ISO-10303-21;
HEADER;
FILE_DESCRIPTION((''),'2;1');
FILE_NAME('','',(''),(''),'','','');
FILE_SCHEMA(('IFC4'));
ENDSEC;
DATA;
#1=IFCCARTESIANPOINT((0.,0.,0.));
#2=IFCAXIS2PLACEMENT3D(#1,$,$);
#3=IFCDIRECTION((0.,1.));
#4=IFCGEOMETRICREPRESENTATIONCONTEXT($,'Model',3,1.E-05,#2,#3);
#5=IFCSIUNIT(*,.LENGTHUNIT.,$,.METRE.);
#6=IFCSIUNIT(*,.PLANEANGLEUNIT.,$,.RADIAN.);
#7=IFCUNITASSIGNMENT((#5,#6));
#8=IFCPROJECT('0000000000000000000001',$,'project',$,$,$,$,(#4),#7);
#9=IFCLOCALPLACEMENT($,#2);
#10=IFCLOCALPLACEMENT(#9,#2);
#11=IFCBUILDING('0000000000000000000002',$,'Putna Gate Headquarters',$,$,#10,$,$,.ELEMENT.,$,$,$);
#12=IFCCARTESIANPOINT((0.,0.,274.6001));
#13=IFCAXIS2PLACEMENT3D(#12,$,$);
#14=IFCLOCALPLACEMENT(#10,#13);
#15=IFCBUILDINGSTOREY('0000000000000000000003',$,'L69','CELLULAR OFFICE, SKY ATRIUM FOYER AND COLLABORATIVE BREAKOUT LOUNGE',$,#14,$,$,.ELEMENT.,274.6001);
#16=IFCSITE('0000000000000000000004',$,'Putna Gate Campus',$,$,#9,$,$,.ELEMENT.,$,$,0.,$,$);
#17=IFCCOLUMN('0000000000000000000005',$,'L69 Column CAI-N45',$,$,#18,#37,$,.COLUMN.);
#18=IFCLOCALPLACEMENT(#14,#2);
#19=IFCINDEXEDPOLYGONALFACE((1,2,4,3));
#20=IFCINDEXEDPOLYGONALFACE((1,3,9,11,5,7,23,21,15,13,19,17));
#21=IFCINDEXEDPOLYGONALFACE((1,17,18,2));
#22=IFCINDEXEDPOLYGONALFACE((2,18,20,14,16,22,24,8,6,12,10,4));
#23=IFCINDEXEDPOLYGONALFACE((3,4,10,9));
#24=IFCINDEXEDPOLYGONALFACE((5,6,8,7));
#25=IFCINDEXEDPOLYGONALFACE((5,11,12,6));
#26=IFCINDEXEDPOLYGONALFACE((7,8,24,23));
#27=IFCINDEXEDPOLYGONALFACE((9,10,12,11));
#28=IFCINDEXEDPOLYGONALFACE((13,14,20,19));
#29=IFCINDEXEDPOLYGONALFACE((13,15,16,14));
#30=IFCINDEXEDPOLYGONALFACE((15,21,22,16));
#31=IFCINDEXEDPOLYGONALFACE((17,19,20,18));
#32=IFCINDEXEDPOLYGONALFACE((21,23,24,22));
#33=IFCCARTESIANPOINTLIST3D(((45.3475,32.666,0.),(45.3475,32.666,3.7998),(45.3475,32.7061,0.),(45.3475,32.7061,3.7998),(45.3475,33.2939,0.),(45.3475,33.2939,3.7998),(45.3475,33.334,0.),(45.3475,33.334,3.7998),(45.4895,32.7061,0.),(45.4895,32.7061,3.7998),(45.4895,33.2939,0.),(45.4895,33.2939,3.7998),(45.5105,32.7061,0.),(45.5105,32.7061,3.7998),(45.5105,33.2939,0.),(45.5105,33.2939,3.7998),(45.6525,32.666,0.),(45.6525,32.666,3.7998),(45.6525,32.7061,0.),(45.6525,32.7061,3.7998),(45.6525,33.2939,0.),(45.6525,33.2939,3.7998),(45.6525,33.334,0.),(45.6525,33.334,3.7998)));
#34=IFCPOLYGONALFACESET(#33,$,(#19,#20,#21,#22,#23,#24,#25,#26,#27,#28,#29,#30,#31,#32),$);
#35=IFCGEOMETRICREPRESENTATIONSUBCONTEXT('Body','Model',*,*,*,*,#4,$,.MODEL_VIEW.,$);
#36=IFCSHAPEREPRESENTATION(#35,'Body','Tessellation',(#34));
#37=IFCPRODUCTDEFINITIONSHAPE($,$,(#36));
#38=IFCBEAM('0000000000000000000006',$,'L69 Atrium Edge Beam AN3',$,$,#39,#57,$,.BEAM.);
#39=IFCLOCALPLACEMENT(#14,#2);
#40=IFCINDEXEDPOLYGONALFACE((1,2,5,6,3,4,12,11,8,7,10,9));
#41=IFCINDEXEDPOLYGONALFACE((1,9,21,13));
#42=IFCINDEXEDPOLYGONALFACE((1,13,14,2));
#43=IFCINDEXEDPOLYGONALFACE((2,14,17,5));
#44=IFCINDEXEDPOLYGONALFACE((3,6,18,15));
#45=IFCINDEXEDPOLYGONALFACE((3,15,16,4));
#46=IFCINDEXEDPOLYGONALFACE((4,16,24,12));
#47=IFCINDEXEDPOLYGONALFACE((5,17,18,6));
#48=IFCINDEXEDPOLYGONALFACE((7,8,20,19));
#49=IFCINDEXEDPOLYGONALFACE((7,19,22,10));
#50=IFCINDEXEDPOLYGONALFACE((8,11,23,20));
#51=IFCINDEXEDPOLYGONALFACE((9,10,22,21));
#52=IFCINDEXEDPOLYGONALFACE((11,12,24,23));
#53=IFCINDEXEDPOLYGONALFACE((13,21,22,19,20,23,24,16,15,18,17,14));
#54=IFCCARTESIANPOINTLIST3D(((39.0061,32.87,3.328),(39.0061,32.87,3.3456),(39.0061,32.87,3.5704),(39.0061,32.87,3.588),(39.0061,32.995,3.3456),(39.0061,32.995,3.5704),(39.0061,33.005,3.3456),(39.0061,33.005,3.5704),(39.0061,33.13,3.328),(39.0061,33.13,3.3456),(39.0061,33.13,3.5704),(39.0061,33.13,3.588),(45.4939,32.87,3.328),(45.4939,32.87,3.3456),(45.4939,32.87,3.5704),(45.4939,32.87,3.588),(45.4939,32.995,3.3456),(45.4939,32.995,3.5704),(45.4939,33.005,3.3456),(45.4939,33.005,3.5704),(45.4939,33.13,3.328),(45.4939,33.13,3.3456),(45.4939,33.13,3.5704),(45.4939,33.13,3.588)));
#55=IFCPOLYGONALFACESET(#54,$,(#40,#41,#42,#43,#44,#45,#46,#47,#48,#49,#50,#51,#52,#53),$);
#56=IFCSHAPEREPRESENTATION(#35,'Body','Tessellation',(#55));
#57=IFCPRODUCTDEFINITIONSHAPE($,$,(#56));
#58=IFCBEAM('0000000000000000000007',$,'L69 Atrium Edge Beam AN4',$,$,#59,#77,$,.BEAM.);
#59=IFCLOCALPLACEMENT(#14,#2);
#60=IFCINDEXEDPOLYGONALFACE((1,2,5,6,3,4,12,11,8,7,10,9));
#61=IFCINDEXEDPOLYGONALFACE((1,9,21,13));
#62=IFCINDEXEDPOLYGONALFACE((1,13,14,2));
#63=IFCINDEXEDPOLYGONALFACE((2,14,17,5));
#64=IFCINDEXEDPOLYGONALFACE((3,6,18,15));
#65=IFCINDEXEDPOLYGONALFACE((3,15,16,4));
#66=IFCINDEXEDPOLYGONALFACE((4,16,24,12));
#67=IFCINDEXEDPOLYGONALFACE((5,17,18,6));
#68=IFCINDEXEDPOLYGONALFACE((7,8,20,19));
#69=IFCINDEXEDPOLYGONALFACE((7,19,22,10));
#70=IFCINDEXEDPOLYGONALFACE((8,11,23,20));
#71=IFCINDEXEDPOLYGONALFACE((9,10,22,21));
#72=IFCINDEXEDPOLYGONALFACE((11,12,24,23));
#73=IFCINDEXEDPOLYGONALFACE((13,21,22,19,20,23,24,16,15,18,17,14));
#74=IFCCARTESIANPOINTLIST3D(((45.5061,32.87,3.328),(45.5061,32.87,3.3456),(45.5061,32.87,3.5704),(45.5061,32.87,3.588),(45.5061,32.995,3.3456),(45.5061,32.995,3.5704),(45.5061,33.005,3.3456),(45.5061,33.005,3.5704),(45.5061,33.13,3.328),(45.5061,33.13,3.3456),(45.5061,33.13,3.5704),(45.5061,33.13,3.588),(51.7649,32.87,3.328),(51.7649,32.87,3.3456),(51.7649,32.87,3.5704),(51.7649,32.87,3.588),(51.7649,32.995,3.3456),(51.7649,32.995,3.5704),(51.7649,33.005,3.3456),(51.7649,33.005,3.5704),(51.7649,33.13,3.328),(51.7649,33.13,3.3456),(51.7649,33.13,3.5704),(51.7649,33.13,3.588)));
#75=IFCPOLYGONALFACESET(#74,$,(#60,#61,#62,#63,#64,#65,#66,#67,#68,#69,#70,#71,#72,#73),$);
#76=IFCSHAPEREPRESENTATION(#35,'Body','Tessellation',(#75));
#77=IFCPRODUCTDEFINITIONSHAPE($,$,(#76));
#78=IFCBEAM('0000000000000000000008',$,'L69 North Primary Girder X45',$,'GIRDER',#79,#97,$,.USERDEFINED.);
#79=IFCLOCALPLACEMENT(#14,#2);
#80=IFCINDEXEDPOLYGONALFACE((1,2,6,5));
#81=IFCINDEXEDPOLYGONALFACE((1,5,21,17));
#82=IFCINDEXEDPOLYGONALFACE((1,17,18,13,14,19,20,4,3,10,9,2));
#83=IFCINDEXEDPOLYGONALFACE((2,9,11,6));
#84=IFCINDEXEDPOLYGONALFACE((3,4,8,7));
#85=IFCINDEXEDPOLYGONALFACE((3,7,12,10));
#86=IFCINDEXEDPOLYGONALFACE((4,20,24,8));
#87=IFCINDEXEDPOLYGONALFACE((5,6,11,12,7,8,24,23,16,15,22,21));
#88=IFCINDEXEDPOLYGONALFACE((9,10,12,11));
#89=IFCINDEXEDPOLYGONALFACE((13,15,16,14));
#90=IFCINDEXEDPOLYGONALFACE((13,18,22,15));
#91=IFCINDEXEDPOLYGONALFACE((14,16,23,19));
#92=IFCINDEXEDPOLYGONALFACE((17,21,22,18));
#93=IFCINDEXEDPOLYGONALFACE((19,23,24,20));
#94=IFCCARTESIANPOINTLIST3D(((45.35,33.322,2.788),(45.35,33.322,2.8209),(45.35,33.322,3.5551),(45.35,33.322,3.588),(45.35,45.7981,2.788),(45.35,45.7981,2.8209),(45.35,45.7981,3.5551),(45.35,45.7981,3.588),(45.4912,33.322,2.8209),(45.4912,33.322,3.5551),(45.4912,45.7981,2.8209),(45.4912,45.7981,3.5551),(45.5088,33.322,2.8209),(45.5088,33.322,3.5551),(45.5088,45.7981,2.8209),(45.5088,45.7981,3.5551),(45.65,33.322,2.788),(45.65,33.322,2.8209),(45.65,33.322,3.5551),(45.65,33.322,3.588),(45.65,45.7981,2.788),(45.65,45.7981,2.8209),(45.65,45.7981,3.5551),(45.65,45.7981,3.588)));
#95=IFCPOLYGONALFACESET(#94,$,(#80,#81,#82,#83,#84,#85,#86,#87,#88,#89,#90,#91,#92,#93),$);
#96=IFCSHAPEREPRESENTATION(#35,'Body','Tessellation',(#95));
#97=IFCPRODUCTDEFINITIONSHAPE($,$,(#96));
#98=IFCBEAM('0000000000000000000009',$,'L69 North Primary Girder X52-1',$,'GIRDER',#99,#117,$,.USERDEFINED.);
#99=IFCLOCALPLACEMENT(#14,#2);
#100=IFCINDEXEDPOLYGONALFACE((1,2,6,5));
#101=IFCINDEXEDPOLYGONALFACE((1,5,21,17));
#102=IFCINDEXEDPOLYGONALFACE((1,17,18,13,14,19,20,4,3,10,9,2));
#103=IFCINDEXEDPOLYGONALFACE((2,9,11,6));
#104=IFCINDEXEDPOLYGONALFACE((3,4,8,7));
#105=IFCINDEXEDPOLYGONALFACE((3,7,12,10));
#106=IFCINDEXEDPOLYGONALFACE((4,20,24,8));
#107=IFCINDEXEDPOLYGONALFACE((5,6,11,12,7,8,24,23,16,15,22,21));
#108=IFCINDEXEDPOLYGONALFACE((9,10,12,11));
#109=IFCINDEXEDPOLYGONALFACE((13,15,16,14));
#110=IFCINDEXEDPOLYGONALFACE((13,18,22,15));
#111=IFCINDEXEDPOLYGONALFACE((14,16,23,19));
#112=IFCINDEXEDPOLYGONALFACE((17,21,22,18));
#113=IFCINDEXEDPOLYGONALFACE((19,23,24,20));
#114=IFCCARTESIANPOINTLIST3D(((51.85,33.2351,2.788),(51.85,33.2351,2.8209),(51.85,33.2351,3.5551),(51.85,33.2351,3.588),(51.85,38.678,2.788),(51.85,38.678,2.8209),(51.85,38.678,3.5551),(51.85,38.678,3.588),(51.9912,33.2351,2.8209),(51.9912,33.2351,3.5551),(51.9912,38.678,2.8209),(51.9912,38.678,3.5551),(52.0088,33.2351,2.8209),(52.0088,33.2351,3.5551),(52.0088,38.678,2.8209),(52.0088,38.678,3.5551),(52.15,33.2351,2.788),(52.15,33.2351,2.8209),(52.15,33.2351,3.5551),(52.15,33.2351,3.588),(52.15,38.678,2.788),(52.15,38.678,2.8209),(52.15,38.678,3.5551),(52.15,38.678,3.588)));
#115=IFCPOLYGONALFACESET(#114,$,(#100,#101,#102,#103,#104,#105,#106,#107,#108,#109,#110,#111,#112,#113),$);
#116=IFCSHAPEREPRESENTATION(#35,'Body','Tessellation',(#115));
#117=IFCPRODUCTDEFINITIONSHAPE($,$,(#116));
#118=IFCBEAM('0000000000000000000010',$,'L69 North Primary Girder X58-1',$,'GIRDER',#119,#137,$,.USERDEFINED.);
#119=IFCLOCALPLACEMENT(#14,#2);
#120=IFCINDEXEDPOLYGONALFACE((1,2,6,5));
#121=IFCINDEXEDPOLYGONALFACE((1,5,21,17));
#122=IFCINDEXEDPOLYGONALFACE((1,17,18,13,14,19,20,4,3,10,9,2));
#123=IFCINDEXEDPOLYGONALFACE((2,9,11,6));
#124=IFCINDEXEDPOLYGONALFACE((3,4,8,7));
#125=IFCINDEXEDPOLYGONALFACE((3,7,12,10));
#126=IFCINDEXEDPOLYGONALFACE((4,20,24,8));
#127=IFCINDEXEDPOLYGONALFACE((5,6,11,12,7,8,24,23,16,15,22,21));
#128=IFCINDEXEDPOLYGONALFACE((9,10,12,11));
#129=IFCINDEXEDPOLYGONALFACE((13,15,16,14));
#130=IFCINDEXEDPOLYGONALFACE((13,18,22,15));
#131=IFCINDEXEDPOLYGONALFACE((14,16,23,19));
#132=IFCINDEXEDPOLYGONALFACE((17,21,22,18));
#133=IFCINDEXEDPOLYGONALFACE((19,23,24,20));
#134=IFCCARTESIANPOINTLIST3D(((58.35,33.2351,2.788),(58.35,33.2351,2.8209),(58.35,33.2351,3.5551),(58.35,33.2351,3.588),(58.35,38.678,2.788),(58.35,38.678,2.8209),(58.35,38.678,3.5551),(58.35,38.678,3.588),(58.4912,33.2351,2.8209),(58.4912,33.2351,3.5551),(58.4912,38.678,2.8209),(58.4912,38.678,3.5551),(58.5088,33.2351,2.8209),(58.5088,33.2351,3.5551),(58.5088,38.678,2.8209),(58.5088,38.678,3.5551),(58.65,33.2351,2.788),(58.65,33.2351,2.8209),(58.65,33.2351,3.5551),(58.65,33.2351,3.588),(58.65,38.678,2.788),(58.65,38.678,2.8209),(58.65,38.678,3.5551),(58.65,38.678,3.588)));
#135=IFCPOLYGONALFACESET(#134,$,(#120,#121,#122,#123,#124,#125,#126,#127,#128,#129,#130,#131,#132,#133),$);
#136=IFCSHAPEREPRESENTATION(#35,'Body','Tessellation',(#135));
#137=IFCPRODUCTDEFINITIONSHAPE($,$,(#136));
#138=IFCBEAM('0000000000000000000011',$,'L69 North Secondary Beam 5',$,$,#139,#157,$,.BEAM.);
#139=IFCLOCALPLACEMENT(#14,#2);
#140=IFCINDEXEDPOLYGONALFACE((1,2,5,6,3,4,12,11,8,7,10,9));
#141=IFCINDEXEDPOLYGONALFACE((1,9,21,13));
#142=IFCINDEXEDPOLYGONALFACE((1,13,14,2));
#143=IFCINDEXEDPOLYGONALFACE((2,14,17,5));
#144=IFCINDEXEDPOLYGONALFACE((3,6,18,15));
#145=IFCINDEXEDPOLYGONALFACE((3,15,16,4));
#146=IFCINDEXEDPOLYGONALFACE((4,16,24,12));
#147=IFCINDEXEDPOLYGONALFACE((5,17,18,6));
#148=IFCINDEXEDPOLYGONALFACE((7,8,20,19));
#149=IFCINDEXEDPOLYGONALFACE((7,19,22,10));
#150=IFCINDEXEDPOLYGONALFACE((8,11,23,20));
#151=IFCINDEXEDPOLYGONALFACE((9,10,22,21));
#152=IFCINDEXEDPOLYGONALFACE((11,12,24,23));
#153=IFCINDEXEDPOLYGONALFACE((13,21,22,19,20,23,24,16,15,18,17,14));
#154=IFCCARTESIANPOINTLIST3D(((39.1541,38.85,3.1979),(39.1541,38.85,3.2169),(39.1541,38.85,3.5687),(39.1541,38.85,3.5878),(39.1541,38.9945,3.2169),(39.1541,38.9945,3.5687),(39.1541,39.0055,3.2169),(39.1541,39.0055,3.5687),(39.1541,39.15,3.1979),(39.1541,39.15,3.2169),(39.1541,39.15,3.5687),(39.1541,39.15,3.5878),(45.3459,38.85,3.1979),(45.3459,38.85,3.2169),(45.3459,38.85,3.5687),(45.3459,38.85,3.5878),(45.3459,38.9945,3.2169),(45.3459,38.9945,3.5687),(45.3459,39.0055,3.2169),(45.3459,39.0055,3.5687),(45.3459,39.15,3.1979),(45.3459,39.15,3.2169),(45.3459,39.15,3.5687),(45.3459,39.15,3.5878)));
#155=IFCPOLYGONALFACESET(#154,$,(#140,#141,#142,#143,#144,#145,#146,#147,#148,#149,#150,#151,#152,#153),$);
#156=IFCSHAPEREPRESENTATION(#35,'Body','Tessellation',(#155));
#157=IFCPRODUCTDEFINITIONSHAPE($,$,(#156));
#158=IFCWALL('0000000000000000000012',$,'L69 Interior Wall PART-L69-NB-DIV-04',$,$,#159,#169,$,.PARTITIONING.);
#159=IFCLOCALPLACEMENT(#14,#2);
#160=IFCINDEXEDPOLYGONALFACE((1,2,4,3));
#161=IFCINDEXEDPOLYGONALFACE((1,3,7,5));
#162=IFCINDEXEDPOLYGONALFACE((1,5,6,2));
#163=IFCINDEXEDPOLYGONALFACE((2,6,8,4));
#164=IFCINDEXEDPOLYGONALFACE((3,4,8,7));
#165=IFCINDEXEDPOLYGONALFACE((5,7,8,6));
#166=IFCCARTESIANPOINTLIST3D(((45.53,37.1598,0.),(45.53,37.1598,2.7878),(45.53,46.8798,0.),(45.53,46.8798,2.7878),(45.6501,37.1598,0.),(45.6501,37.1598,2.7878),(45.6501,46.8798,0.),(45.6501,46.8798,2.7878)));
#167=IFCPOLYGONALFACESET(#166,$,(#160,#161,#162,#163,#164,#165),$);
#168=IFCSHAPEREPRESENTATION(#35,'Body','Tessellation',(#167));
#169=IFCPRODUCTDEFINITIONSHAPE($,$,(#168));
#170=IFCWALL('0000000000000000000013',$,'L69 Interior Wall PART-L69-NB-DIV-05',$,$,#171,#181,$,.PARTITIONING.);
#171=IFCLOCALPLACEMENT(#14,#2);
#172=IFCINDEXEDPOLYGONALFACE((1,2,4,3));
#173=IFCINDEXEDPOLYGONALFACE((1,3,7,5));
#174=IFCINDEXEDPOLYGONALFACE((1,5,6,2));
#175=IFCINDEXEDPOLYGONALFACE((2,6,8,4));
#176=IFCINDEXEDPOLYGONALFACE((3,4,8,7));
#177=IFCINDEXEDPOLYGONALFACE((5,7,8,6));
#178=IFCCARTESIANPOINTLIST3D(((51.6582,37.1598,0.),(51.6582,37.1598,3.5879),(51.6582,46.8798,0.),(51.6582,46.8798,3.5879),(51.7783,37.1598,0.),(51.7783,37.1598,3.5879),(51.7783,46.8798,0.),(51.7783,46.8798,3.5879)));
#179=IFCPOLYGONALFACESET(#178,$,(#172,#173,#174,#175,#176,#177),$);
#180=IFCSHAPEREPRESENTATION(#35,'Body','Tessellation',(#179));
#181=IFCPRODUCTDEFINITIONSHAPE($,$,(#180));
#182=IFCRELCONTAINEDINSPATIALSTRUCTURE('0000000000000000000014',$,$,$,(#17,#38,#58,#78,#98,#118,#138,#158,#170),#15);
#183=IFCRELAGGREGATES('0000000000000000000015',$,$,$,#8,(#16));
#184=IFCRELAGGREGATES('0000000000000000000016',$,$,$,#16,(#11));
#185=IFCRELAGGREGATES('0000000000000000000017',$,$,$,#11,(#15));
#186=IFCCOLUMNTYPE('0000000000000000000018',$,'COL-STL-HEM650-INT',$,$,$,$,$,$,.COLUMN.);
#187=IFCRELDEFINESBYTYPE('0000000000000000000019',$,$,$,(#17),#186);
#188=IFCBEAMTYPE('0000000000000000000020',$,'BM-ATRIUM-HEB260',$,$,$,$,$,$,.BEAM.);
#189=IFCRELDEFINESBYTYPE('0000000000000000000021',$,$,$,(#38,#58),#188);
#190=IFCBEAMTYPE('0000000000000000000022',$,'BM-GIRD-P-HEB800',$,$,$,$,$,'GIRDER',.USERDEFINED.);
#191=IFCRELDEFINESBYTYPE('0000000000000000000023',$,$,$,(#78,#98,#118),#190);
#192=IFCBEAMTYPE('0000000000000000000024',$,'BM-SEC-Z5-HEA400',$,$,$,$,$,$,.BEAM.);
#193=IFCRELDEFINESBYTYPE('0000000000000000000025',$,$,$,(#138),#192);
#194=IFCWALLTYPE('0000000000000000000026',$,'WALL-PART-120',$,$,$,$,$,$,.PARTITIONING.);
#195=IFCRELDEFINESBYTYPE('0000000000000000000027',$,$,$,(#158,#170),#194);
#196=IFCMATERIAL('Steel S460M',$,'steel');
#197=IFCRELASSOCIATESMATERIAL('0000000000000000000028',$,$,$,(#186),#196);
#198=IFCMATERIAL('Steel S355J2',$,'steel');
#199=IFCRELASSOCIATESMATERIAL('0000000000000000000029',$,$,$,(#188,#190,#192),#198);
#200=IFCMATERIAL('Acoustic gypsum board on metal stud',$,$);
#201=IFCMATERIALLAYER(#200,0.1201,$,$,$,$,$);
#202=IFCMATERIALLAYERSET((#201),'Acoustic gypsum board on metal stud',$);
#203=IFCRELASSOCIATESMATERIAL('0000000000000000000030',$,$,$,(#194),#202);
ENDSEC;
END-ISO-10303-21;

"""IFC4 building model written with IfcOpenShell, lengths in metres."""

from ifc_helpers import new_model, si_unit, direction, frame, frame_2d, origin, origin_2d, place, context, subcontext, project, spatial, rectangle, i_section, extrude, material, layer, layer_set, material_profile, profile_set, type_object, element, save


model = new_model("IFC4")

# Units and contexts
model_context = context("Model", 3, precision=1e-05, world=origin(), true_north=direction((0.0, 1.0)))
body_context = subcontext(model_context, "Body", "Model", "MODEL_VIEW")
ifc_project = project(units=[si_unit("LENGTHUNIT", "METRE"), si_unit("PLANEANGLEUNIT", "RADIAN")], contexts=[model_context])

# Site, building, storey
site_placement = place(None, origin())
site = spatial("IfcSite", under=ifc_project, at=site_placement, Name="Putna Gate Campus", CompositionType="ELEMENT", RefElevation=0.0)
building_placement = place(site_placement, origin())
building = spatial("IfcBuilding", under=site, at=building_placement, Name="Putna Gate Headquarters", CompositionType="ELEMENT")
storey_placement = place(building_placement, frame((0.0, 0.0, 274.6001)))
storey = spatial("IfcBuildingStorey", under=building, at=storey_placement, Name="L69", Description="CELLULAR OFFICE, SKY ATRIUM FOYER AND COLLABORATIVE BREAKOUT LOUNGE", CompositionType="ELEMENT", Elevation=274.6001)

# Column
ifc_material_1 = material(Name="Steel S460M", Category="steel")
ifc_material_profile_1 = material_profile(ifc_material_1, i_section(OverallWidth=0.3049, OverallDepth=0.668, WebThickness=0.021, FlangeThickness=0.04, at=origin_2d()), Name="Steel S460M")
ifc_profile_set_1 = profile_set([ifc_material_profile_1], Name="Steel S460M")
column_type = type_object("IfcColumnType", Name="COL-STL-HEM650-INT", PredefinedType="COLUMN", material=ifc_profile_set_1)
column_placement = place(storey_placement, frame((45.5, 33.0, 0.0), z_axis=(0.0, 0.0, 1.0), x_axis=(1.0, 0.0, 0.0)))
element("IfcColumn", 1, at=column_placement, inside=storey, type_object=column_type, Name="L69 Column CAI-N45", PredefinedType="COLUMN", context=body_context, shape_type="SweptSolid", body=[
    extrude(i_section(OverallWidth=0.3049, OverallDepth=0.668, WebThickness=0.021, FlangeThickness=0.04, at=origin_2d()), origin(), (0.0, 0.0, 1.0), 3.7998),
])

# Beams
ifc_material_2 = material(Name="Steel S355J2", Category="steel")
ifc_material_profile_2 = material_profile(ifc_material_2, i_section(OverallWidth=0.26, OverallDepth=0.26, WebThickness=0.01, FlangeThickness=0.0176, at=origin_2d()), Name="Steel S355J2")
ifc_profile_set_2 = profile_set([ifc_material_profile_2], Name="Steel S355J2")
beam_type_1 = type_object("IfcBeamType", Name="BM-ATRIUM-HEB260", PredefinedType="BEAM", material=ifc_profile_set_2)
beam_1_placement = place(storey_placement, frame((39.0061, 33.0, 3.458), z_axis=(1.0, 0.0, 0.0), x_axis=(0.0, 1.0, 0.0)))
element("IfcBeam", 2, at=beam_1_placement, inside=storey, type_object=beam_type_1, Name="L69 Atrium Edge Beam AN3", PredefinedType="BEAM", context=body_context, shape_type="SweptSolid", body=[
    extrude(i_section(OverallWidth=0.26, OverallDepth=0.26, WebThickness=0.01, FlangeThickness=0.0176, at=origin_2d()), origin(), (0.0, 0.0, 1.0), 6.4878),
])
beam_2_placement = place(storey_placement, frame((45.5061, 33.0, 3.458), z_axis=(1.0, 0.0, 0.0), x_axis=(0.0, 1.0, 0.0)))
element("IfcBeam", 3, at=beam_2_placement, inside=storey, type_object=beam_type_1, Name="L69 Atrium Edge Beam AN4", PredefinedType="BEAM", context=body_context, shape_type="SweptSolid", body=[
    extrude(i_section(OverallWidth=0.26, OverallDepth=0.26, WebThickness=0.01, FlangeThickness=0.0176, at=origin_2d()), origin(), (0.0, 0.0, 1.0), 6.2588),
])
ifc_material_profile_3 = material_profile(ifc_material_2, i_section(OverallWidth=0.3, OverallDepth=0.8, WebThickness=0.0176, FlangeThickness=0.033, at=origin_2d()), Name="Steel S355J2")
ifc_profile_set_3 = profile_set([ifc_material_profile_3], Name="Steel S355J2")
beam_type_2 = type_object("IfcBeamType", Name="BM-GIRD-P-HEB800", ElementType="GIRDER", PredefinedType="USERDEFINED", material=ifc_profile_set_3)
beam_3_placement = place(storey_placement, frame((45.5, 33.322, 3.188), z_axis=(0.0, 1.0, 0.0), x_axis=(-1.0, 0.0, 0.0)))
element("IfcBeam", 4, at=beam_3_placement, inside=storey, type_object=beam_type_2, Name="L69 North Primary Girder X45", ObjectType="GIRDER", PredefinedType="USERDEFINED", context=body_context, shape_type="SweptSolid", body=[
    extrude(i_section(OverallWidth=0.3, OverallDepth=0.8, WebThickness=0.0176, FlangeThickness=0.033, at=origin_2d()), origin(), (0.0, 0.0, 1.0), 12.4761),
])
for number, where, z_axis, x_axis, name in (
    (5, (52.0, 33.2351, 3.188), (0.0, 1.0, 0.0), (-1.0, 0.0, 0.0), "L69 North Primary Girder X52-1"),
    (6, (58.5, 33.2351, 3.188), (0.0, 1.0, 0.0), (-1.0, 0.0, 0.0), "L69 North Primary Girder X58-1"),
):
    element("IfcBeam", number, at=place(storey_placement, frame(where, z_axis=z_axis, x_axis=x_axis)), inside=storey, type_object=beam_type_2, Name=name, ObjectType="GIRDER", PredefinedType="USERDEFINED", context=body_context, shape_type="SweptSolid", body=[
        extrude(i_section(OverallWidth=0.3, OverallDepth=0.8, WebThickness=0.0176, FlangeThickness=0.033, at=origin_2d()), origin(), (0.0, 0.0, 1.0), 5.4429),
    ])
ifc_material_profile_4 = material_profile(ifc_material_2, i_section(OverallWidth=0.3, OverallDepth=0.3899, WebThickness=0.011, FlangeThickness=0.019, at=origin_2d()), Name="Steel S355J2")
ifc_profile_set_4 = profile_set([ifc_material_profile_4], Name="Steel S355J2")
beam_type_3 = type_object("IfcBeamType", Name="BM-SEC-Z5-HEA400", PredefinedType="BEAM", material=ifc_profile_set_4)
beam_4_placement = place(storey_placement, frame((39.1541, 39.0, 3.3928), z_axis=(1.0, 0.0, 0.0), x_axis=(0.0, 1.0, 0.0)))
element("IfcBeam", 7, at=beam_4_placement, inside=storey, type_object=beam_type_3, Name="L69 North Secondary Beam 5", PredefinedType="BEAM", context=body_context, shape_type="SweptSolid", body=[
    extrude(i_section(OverallWidth=0.3, OverallDepth=0.3899, WebThickness=0.011, FlangeThickness=0.019, at=origin_2d()), origin(), (0.0, 0.0, 1.0), 6.1919),
])

# Shared definitions
ifc_material_3 = material(Name="Acoustic gypsum board on metal stud")
ifc_layer_1 = layer(ifc_material_3, 0.1201)
ifc_layer_set_1 = layer_set([ifc_layer_1], Name="Acoustic gypsum board on metal stud")
wall_type_1 = type_object("IfcWallType", Name="WALL-PART-120", PredefinedType="PARTITIONING", material=ifc_layer_set_1)

# Walls
wall_1_placement = place(storey_placement, frame((45.5901, 37.1599, 0.0), z_axis=(0.0, 0.0, 1.0), x_axis=(0.0, 1.0, 0.0)))
element("IfcWall", 8, at=wall_1_placement, inside=storey, type_object=wall_type_1, Name="L69 Interior Wall PART-L69-NB-DIV-04", PredefinedType="PARTITIONING", context=body_context, shape_type="SweptSolid", body=[
    extrude(rectangle(XDim=9.72, YDim=0.1201, at=frame_2d((4.8599, 0.0))), origin(), (0.0, 0.0, 1.0), 2.7878),
])
wall_2_placement = place(storey_placement, frame((51.7183, 37.1599, 0.0), z_axis=(0.0, 0.0, 1.0), x_axis=(0.0, 1.0, 0.0)))
element("IfcWall", 9, at=wall_2_placement, inside=storey, type_object=wall_type_1, Name="L69 Interior Wall PART-L69-NB-DIV-05", PredefinedType="PARTITIONING", context=body_context, shape_type="SweptSolid", body=[
    extrude(rectangle(XDim=9.72, YDim=0.1201, at=frame_2d((4.8599, 0.0))), origin(), (0.0, 0.0, 1.0), 3.5879),
])

save(model, "model.ifc")
